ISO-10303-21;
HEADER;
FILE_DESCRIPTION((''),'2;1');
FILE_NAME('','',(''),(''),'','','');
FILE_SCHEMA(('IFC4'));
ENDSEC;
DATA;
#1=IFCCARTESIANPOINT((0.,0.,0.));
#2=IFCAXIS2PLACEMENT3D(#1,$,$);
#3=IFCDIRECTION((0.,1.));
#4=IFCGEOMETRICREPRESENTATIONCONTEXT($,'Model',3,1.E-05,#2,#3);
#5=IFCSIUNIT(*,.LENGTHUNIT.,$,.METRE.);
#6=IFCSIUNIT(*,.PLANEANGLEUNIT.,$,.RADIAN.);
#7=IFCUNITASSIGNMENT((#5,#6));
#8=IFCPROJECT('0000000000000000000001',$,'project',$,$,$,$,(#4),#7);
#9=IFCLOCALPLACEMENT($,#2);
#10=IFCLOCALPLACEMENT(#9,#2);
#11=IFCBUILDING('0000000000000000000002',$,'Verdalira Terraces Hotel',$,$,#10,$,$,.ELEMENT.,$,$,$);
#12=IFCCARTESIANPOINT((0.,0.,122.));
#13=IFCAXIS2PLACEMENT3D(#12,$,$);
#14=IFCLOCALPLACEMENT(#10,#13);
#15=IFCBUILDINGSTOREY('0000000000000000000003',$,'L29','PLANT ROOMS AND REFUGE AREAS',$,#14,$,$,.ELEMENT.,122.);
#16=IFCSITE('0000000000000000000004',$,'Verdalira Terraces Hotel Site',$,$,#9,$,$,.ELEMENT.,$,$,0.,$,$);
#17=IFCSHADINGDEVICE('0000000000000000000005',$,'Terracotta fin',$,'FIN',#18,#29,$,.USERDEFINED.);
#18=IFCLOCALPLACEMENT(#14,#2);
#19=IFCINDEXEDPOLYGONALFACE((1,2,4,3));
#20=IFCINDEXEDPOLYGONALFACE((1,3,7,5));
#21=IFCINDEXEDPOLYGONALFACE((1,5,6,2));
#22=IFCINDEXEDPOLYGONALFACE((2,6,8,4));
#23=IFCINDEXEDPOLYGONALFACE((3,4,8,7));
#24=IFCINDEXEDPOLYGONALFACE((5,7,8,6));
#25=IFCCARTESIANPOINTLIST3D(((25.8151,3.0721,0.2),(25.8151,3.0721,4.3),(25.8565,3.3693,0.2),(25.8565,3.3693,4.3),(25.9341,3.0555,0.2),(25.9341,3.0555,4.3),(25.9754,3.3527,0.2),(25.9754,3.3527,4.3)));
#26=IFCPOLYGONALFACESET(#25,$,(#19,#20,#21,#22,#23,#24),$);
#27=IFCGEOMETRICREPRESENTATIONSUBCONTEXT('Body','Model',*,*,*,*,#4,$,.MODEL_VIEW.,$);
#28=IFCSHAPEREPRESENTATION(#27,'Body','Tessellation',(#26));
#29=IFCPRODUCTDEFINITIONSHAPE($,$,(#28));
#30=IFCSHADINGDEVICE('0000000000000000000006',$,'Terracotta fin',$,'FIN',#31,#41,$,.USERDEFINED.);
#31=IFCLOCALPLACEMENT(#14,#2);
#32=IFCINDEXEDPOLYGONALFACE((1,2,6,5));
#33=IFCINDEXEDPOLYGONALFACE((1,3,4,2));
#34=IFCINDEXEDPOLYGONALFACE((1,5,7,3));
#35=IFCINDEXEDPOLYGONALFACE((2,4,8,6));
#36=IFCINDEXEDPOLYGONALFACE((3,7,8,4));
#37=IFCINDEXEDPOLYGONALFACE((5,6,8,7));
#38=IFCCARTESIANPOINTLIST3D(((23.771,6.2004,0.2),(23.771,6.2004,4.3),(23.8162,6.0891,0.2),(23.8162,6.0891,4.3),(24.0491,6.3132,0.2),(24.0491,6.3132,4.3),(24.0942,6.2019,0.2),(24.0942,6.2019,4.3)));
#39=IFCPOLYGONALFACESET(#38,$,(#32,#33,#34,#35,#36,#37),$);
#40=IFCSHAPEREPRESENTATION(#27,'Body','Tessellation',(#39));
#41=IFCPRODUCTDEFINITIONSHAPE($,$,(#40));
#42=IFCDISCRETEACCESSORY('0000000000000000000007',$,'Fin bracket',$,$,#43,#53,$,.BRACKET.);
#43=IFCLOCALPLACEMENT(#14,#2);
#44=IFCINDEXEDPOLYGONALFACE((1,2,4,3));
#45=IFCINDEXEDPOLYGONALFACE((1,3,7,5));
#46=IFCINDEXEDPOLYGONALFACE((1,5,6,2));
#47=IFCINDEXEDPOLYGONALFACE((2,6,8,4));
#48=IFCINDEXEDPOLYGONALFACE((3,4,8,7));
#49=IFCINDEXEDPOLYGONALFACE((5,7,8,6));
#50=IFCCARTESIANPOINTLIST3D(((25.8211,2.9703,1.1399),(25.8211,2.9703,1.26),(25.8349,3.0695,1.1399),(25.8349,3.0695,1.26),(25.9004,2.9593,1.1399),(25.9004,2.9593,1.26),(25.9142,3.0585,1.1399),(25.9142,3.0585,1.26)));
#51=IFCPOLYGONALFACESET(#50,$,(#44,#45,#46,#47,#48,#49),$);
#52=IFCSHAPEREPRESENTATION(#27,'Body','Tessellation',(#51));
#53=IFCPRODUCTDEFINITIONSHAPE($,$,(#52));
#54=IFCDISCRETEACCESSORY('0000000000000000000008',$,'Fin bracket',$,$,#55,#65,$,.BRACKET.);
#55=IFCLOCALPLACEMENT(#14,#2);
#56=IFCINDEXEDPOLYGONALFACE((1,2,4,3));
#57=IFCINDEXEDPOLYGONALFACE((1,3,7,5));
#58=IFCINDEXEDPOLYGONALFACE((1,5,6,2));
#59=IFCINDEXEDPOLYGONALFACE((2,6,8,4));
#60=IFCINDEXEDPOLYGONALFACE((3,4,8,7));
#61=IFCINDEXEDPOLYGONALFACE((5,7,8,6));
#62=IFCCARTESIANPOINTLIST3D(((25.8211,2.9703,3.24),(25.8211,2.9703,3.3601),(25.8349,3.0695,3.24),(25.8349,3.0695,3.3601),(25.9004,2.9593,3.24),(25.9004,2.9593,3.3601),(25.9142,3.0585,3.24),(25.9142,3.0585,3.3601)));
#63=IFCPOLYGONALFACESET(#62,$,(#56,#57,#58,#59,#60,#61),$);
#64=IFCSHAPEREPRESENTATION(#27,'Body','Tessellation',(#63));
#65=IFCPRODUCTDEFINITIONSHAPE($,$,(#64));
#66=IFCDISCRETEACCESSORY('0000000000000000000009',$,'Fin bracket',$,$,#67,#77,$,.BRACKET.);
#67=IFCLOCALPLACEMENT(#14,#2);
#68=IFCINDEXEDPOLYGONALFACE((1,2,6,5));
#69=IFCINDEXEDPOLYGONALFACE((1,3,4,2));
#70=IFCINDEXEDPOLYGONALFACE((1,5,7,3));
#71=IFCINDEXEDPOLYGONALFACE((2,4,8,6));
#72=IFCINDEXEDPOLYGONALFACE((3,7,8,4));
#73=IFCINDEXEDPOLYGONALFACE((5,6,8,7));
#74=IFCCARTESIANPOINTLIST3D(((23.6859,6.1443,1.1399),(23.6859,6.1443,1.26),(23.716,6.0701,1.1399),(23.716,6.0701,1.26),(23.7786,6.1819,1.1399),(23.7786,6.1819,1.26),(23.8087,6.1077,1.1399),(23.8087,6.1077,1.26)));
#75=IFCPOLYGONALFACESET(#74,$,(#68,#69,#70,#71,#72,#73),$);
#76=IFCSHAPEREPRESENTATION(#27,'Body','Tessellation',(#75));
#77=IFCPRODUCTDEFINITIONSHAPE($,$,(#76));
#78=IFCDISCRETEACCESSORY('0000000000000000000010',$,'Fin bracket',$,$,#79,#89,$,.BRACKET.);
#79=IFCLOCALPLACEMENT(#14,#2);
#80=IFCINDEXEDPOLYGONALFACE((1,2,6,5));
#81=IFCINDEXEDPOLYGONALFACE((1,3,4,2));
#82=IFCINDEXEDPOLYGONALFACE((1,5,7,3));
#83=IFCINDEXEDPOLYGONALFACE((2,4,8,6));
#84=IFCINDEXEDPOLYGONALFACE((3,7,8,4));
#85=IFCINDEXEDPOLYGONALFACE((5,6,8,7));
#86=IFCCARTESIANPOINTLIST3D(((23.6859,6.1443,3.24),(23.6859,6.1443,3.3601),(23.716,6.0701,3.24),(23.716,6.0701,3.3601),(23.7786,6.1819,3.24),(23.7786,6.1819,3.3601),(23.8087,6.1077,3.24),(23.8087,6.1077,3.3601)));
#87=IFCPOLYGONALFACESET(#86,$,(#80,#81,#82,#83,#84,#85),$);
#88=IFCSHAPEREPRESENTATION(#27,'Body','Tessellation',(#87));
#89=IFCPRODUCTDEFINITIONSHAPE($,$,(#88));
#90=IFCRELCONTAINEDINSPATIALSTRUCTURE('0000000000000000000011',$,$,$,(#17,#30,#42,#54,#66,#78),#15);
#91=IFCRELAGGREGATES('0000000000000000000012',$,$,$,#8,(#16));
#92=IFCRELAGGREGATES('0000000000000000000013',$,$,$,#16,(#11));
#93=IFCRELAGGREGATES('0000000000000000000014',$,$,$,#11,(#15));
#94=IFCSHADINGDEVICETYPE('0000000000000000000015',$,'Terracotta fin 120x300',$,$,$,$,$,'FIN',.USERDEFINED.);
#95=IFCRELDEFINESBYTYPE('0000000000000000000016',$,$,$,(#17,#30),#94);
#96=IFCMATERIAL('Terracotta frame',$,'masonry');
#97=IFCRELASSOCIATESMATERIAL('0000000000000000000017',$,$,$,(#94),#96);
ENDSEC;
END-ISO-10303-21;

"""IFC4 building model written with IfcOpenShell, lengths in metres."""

from ifc_helpers import new_model, si_unit, direction, frame, origin, origin_2d, place, context, subcontext, project, spatial, rectangle, extrude, material, material_profile, profile_set, type_object, element, save


model = new_model("IFC4")

# Units and contexts
model_context = context("Model", 3, precision=1e-05, world=origin(), true_north=direction((0.0, 1.0)))
body_context = subcontext(model_context, "Body", "Model", "MODEL_VIEW")
ifc_project = project(units=[si_unit("LENGTHUNIT", "METRE"), si_unit("PLANEANGLEUNIT", "RADIAN")], contexts=[model_context])

# Site, building, storey
site_placement = place(None, origin())
site = spatial("IfcSite", under=ifc_project, at=site_placement, Name="Verdalira Terraces Hotel Site", CompositionType="ELEMENT", RefElevation=0.0)
building_placement = place(site_placement, origin())
building = spatial("IfcBuilding", under=site, at=building_placement, Name="Verdalira Terraces Hotel", CompositionType="ELEMENT")
storey_placement = place(building_placement, frame((0.0, 0.0, 122.0)))
storey = spatial("IfcBuildingStorey", under=building, at=storey_placement, Name="L29", Description="PLANT ROOMS AND REFUGE AREAS", CompositionType="ELEMENT", Elevation=122.0)

# Shading devices
ifc_material_1 = material(Name="Terracotta frame", Category="masonry")
ifc_material_profile_1 = material_profile(ifc_material_1, rectangle(XDim=0.1201, YDim=0.3, at=origin_2d()), Name="FIN 120x300")
ifc_profile_set_1 = profile_set([ifc_material_profile_1], Name="Terracotta frame")
shading_device_type = type_object("IfcShadingDeviceType", Name="Terracotta fin 120x300", ElementType="FIN", PredefinedType="USERDEFINED", material=ifc_profile_set_1)
for number, where, z_axis, x_axis, name in (
    (1, (25.8953, 3.2124, 0.2), (0.0, 0.0, 1.0), (-0.990461, 0.13779, 0.0), "Terracotta fin"),
    (2, (23.9326, 6.2012, 0.2), (0.0, 0.0, 1.0), (-0.375901, 0.92666, 0.0), "Terracotta fin"),
):
    element("IfcShadingDevice", number, at=place(storey_placement, frame(where, z_axis=z_axis, x_axis=x_axis)), inside=storey, type_object=shading_device_type, Name=name, ObjectType="FIN", PredefinedType="USERDEFINED", context=body_context, shape_type="SweptSolid", body=[
        extrude(rectangle(XDim=0.1201, YDim=0.3, at=origin_2d()), origin(), (0.0, 0.0, 1.0), 4.1001),
    ])

# Discrete accessories
for number, where, z_axis, x_axis, name in (
    (3, (25.8677, 3.0144, 1.1399), (0.0, 0.0, 1.0), (-0.990461, 0.13779, 0.0), "Fin bracket"),
    (4, (25.8677, 3.0144, 3.24), (0.0, 0.0, 1.0), (-0.990461, 0.13779, 0.0), "Fin bracket"),
    (5, (23.7473, 6.126, 1.1399), (0.0, 0.0, 1.0), (-0.375901, 0.92666, 0.0), "Fin bracket"),
    (6, (23.7473, 6.126, 3.24), (0.0, 0.0, 1.0), (-0.375901, 0.92666, 0.0), "Fin bracket"),
):
    element("IfcDiscreteAccessory", number, at=place(storey_placement, frame(where, z_axis=z_axis, x_axis=x_axis)), inside=storey, Name=name, PredefinedType="BRACKET", context=body_context, shape_type="SweptSolid", body=[
        extrude(rectangle(XDim=0.0801, YDim=0.1001, at=origin_2d()), origin(), (0.0, 0.0, 1.0), 0.1201),
    ])

save(model, "model.ifc")
